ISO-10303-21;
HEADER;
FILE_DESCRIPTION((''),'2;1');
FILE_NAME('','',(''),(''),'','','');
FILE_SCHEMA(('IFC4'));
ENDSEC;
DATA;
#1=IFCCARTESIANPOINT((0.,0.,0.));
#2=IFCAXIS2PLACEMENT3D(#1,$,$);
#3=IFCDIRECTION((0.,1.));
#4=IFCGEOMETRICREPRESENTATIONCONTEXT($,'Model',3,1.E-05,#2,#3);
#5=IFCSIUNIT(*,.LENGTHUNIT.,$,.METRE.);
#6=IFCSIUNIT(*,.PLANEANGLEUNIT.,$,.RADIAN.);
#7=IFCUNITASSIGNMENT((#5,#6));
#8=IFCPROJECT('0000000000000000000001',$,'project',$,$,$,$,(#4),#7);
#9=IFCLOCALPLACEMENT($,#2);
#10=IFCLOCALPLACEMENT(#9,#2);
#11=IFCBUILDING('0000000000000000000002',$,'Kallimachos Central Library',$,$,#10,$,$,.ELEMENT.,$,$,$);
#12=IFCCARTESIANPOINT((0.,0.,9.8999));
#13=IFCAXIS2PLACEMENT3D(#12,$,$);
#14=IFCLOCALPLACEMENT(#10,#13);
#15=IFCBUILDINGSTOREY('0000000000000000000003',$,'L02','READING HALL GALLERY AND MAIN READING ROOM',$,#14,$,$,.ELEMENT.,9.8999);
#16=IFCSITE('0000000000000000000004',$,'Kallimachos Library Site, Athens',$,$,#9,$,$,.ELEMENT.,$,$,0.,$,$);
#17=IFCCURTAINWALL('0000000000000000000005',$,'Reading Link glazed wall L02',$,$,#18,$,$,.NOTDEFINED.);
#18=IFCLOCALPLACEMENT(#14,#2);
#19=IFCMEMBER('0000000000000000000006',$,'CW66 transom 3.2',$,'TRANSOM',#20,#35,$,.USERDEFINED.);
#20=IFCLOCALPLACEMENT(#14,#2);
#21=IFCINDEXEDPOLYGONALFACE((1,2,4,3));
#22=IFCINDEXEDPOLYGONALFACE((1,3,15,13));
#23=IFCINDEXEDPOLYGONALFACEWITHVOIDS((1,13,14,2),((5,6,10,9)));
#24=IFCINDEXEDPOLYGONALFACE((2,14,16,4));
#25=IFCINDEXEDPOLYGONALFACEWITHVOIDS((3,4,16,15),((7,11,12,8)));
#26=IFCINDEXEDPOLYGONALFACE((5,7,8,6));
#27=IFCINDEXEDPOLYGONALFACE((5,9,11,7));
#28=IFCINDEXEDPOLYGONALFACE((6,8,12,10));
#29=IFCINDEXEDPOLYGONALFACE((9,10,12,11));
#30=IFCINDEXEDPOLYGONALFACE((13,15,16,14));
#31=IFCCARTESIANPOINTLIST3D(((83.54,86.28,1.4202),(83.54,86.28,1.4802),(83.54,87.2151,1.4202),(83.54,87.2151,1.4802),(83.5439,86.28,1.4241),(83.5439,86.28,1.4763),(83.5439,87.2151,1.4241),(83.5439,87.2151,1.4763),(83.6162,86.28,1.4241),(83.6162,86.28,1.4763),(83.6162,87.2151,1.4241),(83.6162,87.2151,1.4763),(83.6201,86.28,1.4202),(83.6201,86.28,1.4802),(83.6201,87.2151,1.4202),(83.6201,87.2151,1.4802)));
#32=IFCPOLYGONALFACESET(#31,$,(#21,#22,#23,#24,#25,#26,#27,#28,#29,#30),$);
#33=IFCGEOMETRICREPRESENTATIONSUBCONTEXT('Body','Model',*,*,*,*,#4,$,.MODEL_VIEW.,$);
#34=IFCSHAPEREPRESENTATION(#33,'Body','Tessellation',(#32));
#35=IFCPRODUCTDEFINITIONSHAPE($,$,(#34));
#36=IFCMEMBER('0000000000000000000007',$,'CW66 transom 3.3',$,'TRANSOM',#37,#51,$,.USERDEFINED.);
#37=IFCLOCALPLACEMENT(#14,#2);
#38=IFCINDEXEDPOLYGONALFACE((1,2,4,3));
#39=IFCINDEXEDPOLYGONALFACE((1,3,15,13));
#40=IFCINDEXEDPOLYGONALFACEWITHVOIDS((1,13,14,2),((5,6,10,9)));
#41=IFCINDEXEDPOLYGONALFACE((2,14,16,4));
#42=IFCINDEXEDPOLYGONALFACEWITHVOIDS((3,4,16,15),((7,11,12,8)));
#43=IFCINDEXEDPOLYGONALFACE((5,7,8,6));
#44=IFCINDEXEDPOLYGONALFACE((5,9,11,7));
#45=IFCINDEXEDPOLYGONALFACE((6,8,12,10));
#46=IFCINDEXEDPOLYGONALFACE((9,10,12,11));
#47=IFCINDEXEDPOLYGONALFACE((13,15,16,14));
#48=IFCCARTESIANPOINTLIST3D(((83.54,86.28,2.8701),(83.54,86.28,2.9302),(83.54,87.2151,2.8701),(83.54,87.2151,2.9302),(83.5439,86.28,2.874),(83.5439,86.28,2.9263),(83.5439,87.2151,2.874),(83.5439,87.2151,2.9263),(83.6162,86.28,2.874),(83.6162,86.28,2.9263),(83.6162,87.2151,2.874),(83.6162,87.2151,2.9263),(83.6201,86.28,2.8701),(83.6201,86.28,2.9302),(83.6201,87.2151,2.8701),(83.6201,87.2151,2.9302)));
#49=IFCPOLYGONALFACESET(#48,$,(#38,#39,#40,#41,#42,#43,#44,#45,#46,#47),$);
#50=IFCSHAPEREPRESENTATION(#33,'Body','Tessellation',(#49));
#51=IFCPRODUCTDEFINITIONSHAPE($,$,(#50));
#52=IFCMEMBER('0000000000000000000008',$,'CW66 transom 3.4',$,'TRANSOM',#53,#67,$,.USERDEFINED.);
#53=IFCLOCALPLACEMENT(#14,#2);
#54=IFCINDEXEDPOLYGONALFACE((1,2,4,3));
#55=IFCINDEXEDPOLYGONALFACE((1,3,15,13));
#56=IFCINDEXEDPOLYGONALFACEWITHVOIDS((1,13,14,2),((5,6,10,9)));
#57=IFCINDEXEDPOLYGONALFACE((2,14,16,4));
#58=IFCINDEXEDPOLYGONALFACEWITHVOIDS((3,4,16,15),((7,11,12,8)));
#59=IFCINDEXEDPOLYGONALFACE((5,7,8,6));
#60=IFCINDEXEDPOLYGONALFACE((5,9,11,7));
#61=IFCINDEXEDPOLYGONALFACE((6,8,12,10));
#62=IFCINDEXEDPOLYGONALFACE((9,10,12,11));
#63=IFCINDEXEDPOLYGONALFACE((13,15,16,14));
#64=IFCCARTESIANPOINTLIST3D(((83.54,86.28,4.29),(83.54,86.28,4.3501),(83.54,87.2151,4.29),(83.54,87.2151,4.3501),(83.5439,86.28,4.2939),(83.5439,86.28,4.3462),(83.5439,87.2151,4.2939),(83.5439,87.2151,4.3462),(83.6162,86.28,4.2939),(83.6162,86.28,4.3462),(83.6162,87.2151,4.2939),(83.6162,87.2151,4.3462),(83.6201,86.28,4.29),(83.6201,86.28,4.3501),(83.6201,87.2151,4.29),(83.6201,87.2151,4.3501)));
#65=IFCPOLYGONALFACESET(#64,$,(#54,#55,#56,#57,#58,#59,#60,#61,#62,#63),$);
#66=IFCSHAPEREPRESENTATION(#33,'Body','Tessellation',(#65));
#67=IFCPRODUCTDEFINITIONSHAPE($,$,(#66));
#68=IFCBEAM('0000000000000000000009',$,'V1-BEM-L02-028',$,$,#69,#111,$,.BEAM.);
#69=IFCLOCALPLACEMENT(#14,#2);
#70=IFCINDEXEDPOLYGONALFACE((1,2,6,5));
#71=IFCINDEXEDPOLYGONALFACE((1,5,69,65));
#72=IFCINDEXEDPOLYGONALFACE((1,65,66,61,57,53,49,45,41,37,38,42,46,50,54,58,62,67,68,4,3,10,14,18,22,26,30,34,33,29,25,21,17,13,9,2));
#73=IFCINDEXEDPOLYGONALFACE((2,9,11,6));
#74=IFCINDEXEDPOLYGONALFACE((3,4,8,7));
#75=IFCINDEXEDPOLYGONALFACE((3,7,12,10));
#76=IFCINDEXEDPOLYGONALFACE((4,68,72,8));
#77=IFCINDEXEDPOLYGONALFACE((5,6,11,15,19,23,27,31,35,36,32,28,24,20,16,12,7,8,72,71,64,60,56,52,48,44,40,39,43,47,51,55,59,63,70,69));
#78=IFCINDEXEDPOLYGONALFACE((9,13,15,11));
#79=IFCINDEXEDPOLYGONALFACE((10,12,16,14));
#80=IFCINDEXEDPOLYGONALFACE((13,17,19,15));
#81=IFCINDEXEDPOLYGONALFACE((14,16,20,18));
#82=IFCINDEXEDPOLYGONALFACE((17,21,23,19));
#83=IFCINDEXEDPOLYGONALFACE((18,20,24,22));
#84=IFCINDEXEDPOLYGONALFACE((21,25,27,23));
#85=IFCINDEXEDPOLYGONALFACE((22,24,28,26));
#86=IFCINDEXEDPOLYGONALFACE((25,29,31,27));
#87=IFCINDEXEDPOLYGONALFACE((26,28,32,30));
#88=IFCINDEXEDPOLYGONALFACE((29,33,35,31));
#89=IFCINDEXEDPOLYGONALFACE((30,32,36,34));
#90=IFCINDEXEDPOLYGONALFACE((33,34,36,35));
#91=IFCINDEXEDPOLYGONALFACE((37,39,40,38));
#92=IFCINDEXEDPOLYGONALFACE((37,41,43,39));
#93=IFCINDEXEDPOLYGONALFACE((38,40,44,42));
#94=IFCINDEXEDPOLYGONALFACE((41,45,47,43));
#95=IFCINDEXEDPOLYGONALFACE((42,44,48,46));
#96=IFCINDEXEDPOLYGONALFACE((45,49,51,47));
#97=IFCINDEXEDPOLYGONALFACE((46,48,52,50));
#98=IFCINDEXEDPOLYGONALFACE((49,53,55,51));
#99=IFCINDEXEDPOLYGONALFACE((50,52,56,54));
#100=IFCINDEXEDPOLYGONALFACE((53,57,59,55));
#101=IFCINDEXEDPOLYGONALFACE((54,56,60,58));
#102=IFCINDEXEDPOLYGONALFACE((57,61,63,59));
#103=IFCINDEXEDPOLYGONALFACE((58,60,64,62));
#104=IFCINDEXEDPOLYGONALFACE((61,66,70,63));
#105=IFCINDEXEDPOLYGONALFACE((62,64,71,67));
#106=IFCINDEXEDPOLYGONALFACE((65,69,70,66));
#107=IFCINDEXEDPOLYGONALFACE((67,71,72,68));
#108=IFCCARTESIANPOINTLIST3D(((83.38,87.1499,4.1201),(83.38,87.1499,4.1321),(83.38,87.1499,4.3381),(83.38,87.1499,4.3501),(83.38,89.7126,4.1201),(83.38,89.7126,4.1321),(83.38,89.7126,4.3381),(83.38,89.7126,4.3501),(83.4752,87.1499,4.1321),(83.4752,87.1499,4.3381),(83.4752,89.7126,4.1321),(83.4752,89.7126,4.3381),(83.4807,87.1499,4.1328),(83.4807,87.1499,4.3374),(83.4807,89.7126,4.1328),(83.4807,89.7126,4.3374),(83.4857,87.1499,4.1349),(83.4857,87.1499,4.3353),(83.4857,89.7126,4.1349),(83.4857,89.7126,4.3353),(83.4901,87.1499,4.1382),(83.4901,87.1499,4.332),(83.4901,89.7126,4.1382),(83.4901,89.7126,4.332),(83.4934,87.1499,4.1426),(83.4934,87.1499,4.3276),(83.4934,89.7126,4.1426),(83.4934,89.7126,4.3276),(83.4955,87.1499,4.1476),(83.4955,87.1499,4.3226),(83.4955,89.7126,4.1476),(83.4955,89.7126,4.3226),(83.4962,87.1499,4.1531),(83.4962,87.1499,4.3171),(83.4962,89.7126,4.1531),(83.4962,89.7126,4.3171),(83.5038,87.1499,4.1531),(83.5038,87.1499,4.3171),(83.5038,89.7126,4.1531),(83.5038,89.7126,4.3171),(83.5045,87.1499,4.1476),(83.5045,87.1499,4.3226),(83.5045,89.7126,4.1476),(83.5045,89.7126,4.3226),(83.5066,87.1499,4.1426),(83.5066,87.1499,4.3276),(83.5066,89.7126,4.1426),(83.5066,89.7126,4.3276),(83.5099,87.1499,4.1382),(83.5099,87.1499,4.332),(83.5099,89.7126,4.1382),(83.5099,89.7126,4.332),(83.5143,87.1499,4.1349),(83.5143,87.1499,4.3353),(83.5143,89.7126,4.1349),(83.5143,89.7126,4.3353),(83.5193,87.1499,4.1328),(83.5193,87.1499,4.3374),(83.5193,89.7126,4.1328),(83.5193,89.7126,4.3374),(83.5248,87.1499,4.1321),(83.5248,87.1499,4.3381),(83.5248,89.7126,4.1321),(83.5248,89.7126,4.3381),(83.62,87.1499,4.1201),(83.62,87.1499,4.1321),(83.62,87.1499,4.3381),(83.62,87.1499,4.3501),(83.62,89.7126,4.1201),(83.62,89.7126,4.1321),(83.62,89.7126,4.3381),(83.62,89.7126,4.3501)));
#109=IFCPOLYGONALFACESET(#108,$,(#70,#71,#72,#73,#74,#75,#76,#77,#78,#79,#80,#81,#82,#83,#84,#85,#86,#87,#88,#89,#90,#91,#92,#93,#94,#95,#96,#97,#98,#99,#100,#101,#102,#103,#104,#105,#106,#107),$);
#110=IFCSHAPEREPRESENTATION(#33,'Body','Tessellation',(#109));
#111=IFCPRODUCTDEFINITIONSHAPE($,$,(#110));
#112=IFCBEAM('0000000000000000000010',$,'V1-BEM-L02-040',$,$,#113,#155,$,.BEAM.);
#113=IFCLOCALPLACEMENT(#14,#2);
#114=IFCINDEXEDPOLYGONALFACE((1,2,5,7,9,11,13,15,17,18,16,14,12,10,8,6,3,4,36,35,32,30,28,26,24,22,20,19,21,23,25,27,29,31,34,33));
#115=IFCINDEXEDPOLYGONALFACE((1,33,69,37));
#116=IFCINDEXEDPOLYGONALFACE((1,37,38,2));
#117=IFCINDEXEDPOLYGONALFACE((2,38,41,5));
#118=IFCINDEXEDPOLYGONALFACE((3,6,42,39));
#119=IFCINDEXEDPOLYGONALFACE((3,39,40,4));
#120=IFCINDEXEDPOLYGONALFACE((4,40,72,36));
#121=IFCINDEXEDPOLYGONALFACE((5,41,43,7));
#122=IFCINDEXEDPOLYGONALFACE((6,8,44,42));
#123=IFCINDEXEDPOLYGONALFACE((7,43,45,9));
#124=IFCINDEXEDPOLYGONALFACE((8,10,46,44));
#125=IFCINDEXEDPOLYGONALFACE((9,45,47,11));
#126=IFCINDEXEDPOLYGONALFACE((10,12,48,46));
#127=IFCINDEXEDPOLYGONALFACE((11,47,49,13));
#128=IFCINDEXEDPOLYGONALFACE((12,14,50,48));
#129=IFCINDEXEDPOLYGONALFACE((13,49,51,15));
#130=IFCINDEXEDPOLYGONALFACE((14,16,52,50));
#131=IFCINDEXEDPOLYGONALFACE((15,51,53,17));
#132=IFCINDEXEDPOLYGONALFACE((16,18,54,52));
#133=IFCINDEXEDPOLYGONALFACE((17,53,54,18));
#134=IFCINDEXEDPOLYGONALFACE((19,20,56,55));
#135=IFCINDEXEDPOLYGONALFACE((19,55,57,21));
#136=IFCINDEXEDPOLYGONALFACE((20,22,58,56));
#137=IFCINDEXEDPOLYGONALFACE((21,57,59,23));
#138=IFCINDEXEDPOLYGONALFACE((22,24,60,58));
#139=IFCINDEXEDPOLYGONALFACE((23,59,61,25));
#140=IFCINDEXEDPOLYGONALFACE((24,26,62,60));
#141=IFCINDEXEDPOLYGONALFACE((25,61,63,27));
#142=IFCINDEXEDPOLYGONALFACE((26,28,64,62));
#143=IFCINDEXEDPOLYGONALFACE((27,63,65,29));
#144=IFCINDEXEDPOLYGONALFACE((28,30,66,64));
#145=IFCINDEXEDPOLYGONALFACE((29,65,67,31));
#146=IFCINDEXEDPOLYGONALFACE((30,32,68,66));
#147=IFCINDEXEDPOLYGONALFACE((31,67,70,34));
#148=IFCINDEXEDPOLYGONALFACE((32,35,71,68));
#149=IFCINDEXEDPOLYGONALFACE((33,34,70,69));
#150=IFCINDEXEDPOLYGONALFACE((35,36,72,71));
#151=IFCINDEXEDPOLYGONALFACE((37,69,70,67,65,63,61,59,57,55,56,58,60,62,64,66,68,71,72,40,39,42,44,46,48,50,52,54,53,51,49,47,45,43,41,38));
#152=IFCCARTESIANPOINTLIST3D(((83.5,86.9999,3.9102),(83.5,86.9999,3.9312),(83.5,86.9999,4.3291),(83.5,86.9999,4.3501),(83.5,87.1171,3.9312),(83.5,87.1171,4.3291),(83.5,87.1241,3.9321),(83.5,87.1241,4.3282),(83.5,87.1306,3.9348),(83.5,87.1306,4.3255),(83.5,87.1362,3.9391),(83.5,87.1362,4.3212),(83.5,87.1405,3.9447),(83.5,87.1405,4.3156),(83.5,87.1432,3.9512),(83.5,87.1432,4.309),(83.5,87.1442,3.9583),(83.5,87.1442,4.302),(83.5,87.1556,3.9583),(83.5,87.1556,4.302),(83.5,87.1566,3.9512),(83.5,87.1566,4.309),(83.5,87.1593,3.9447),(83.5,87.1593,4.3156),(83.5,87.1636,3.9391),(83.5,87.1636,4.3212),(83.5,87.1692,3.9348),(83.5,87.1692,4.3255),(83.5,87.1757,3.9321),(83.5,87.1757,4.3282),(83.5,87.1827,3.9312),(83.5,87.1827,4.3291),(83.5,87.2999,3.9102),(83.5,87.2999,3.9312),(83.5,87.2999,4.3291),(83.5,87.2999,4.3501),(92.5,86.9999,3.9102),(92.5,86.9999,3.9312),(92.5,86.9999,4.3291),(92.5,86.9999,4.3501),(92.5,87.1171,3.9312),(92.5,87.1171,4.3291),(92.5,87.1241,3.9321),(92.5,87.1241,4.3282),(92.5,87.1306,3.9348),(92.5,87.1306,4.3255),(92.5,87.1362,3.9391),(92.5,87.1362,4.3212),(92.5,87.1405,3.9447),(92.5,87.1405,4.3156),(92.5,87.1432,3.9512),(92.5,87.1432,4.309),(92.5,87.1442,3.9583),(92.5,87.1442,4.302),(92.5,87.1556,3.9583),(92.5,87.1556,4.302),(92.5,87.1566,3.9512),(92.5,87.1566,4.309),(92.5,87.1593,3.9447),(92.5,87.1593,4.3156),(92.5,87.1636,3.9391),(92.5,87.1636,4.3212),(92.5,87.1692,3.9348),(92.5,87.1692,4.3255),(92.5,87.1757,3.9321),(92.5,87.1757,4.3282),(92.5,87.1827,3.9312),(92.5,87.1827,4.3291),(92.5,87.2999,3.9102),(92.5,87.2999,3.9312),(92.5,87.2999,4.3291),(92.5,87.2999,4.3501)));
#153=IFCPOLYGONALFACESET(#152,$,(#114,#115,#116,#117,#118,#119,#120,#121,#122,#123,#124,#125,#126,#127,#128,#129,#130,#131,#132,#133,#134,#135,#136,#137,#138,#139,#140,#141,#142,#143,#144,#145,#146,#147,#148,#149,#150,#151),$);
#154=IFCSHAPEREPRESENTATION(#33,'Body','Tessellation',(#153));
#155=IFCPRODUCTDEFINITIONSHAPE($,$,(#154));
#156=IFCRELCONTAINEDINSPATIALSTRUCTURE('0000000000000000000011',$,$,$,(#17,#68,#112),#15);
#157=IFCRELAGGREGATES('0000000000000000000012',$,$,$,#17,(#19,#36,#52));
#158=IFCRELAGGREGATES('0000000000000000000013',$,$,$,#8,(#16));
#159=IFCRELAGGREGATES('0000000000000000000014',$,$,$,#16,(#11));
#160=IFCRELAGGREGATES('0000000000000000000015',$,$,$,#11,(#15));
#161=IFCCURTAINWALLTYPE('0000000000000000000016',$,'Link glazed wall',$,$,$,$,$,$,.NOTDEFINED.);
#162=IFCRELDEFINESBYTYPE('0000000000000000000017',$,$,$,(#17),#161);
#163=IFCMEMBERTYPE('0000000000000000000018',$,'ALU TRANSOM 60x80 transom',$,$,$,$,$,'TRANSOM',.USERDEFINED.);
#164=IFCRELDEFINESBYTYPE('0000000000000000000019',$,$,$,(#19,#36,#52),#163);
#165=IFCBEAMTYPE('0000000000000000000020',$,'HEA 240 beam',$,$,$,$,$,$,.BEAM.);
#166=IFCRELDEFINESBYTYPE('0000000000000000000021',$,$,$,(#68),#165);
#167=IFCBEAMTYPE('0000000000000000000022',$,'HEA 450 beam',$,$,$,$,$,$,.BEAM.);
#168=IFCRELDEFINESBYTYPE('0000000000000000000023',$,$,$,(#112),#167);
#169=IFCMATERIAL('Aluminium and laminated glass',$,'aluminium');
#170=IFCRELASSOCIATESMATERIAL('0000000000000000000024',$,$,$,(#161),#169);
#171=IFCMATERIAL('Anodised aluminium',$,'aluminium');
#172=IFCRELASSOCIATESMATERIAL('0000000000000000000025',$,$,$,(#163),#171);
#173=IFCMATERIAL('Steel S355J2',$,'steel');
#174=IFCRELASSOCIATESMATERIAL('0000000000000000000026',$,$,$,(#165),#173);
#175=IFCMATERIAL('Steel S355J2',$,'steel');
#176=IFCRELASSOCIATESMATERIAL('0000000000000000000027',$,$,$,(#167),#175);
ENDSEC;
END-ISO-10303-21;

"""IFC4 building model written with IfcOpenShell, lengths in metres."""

from ifc_helpers import new_model, si_unit, direction, frame, origin, origin_2d, place, context, subcontext, project, spatial, hollow_rectangle, i_section, extrude, material, material_profile, profile_set, type_object, element, aggregate, save


model = new_model("IFC4")

# Units and contexts
model_context = context("Model", 3, precision=1e-05, world=origin(), true_north=direction((0.0, 1.0)))
body_context = subcontext(model_context, "Body", "Model", "MODEL_VIEW")
ifc_project = project(units=[si_unit("LENGTHUNIT", "METRE"), si_unit("PLANEANGLEUNIT", "RADIAN")], contexts=[model_context])

# Site, building, storey
site_placement = place(None, origin())
site = spatial("IfcSite", under=ifc_project, at=site_placement, Name="Kallimachos Library Site, Athens", CompositionType="ELEMENT", RefElevation=0.0)
building_placement = place(site_placement, origin())
building = spatial("IfcBuilding", under=site, at=building_placement, Name="Kallimachos Central Library", CompositionType="ELEMENT")
storey_placement = place(building_placement, frame((0.0, 0.0, 9.8999)))
storey = spatial("IfcBuildingStorey", under=building, at=storey_placement, Name="L02", Description="READING HALL GALLERY AND MAIN READING ROOM", CompositionType="ELEMENT", Elevation=9.8999)

# Curtain wall, members
ifc_material_1 = material(Name="Aluminium and laminated glass", Category="aluminium")
curtain_wall_type = type_object("IfcCurtainWallType", Name="Link glazed wall", PredefinedType="NOTDEFINED", material=ifc_material_1)
curtain_wall_placement = place(storey_placement, origin())
curtain_wall = element("IfcCurtainWall", 1, at=curtain_wall_placement, inside=storey, type_object=curtain_wall_type, Name="Reading Link glazed wall L02", PredefinedType="NOTDEFINED")
ifc_material_2 = material(Name="Anodised aluminium", Category="aluminium")
ifc_material_profile_1 = material_profile(ifc_material_2, hollow_rectangle(XDim=0.0601, YDim=0.0801, WallThickness=0.0039, at=origin_2d()), Name="ALU TRANSOM 60x80")
ifc_profile_set_1 = profile_set([ifc_material_profile_1], Name="Anodised aluminium")
member_type_1 = type_object("IfcMemberType", Name="ALU TRANSOM 60x80 transom", ElementType="TRANSOM", PredefinedType="USERDEFINED", material=ifc_profile_set_1)
member_1_placement = place(storey_placement, frame((83.5801, 86.28, 1.4502), z_axis=(0.0, 1.0, 0.0), x_axis=(0.0, 0.0, 1.0)))
member_1 = element("IfcMember", 2, at=member_1_placement, type_object=member_type_1, Name="CW66 transom 3.2", ObjectType="TRANSOM", PredefinedType="USERDEFINED", context=body_context, shape_type="SweptSolid", body=[
    extrude(hollow_rectangle(XDim=0.0601, YDim=0.0801, WallThickness=0.0039, at=origin_2d()), origin(), (0.0, 0.0, 1.0), 0.9351),
])
member_2_placement = place(storey_placement, frame((83.5801, 86.28, 2.9001), z_axis=(0.0, 1.0, 0.0), x_axis=(0.0, 0.0, 1.0)))
member_2 = element("IfcMember", 3, at=member_2_placement, type_object=member_type_1, Name="CW66 transom 3.3", ObjectType="TRANSOM", PredefinedType="USERDEFINED", context=body_context, shape_type="SweptSolid", body=[
    extrude(hollow_rectangle(XDim=0.0601, YDim=0.0801, WallThickness=0.0039, at=origin_2d()), origin(), (0.0, 0.0, 1.0), 0.9351),
])
member_3_placement = place(storey_placement, frame((83.5801, 86.28, 4.3201), z_axis=(0.0, 1.0, 0.0), x_axis=(0.0, 0.0, 1.0)))
member_3 = element("IfcMember", 4, at=member_3_placement, type_object=member_type_1, Name="CW66 transom 3.4", ObjectType="TRANSOM", PredefinedType="USERDEFINED", context=body_context, shape_type="SweptSolid", body=[
    extrude(hollow_rectangle(XDim=0.0601, YDim=0.0801, WallThickness=0.0039, at=origin_2d()), origin(), (0.0, 0.0, 1.0), 0.9351),
])

# Beams
ifc_material_3 = material(Name="Steel S355J2", Category="steel")
ifc_material_profile_2 = material_profile(ifc_material_3, i_section(OverallWidth=0.24, OverallDepth=0.23, WebThickness=0.0076, FlangeThickness=0.012, FilletRadius=0.021, at=origin_2d()), Name="HEA 240")
ifc_profile_set_2 = profile_set([ifc_material_profile_2], Name="Steel S355J2")
beam_type_1 = type_object("IfcBeamType", Name="HEA 240 beam", PredefinedType="BEAM", material=ifc_profile_set_2)
beam_1_placement = place(storey_placement, frame((83.5, 87.1499, 4.2351), z_axis=(0.0, 1.0, 0.0), x_axis=(-1.0, 0.0, 0.0)))
element("IfcBeam", 5, at=beam_1_placement, inside=storey, type_object=beam_type_1, Name="V1-BEM-L02-028", PredefinedType="BEAM", context=body_context, shape_type="SweptSolid", body=[
    extrude(i_section(OverallWidth=0.24, OverallDepth=0.23, WebThickness=0.0076, FlangeThickness=0.012, FilletRadius=0.021, at=origin_2d()), origin(), (0.0, 0.0, 1.0), 2.5627),
])
ifc_material_4 = material(Name="Steel S355J2", Category="steel")
ifc_material_profile_3 = material_profile(ifc_material_4, i_section(OverallWidth=0.3, OverallDepth=0.4399, WebThickness=0.0115, FlangeThickness=0.021, FilletRadius=0.0271, at=origin_2d()), Name="HEA 450")
ifc_profile_set_3 = profile_set([ifc_material_profile_3], Name="Steel S355J2")
beam_type_2 = type_object("IfcBeamType", Name="HEA 450 beam", PredefinedType="BEAM", material=ifc_profile_set_3)
beam_2_placement = place(storey_placement, frame((83.5, 87.1499, 4.1301), z_axis=(1.0, 0.0, 0.0), x_axis=(0.0, 1.0, 0.0)))
element("IfcBeam", 6, at=beam_2_placement, inside=storey, type_object=beam_type_2, Name="V1-BEM-L02-040", PredefinedType="BEAM", context=body_context, shape_type="SweptSolid", body=[
    extrude(i_section(OverallWidth=0.3, OverallDepth=0.4399, WebThickness=0.0115, FlangeThickness=0.021, FilletRadius=0.0271, at=origin_2d()), origin(), (0.0, 0.0, 1.0), 9.0),
])

aggregate(curtain_wall, [member_1, member_2, member_3])

save(model, "model.ifc")
